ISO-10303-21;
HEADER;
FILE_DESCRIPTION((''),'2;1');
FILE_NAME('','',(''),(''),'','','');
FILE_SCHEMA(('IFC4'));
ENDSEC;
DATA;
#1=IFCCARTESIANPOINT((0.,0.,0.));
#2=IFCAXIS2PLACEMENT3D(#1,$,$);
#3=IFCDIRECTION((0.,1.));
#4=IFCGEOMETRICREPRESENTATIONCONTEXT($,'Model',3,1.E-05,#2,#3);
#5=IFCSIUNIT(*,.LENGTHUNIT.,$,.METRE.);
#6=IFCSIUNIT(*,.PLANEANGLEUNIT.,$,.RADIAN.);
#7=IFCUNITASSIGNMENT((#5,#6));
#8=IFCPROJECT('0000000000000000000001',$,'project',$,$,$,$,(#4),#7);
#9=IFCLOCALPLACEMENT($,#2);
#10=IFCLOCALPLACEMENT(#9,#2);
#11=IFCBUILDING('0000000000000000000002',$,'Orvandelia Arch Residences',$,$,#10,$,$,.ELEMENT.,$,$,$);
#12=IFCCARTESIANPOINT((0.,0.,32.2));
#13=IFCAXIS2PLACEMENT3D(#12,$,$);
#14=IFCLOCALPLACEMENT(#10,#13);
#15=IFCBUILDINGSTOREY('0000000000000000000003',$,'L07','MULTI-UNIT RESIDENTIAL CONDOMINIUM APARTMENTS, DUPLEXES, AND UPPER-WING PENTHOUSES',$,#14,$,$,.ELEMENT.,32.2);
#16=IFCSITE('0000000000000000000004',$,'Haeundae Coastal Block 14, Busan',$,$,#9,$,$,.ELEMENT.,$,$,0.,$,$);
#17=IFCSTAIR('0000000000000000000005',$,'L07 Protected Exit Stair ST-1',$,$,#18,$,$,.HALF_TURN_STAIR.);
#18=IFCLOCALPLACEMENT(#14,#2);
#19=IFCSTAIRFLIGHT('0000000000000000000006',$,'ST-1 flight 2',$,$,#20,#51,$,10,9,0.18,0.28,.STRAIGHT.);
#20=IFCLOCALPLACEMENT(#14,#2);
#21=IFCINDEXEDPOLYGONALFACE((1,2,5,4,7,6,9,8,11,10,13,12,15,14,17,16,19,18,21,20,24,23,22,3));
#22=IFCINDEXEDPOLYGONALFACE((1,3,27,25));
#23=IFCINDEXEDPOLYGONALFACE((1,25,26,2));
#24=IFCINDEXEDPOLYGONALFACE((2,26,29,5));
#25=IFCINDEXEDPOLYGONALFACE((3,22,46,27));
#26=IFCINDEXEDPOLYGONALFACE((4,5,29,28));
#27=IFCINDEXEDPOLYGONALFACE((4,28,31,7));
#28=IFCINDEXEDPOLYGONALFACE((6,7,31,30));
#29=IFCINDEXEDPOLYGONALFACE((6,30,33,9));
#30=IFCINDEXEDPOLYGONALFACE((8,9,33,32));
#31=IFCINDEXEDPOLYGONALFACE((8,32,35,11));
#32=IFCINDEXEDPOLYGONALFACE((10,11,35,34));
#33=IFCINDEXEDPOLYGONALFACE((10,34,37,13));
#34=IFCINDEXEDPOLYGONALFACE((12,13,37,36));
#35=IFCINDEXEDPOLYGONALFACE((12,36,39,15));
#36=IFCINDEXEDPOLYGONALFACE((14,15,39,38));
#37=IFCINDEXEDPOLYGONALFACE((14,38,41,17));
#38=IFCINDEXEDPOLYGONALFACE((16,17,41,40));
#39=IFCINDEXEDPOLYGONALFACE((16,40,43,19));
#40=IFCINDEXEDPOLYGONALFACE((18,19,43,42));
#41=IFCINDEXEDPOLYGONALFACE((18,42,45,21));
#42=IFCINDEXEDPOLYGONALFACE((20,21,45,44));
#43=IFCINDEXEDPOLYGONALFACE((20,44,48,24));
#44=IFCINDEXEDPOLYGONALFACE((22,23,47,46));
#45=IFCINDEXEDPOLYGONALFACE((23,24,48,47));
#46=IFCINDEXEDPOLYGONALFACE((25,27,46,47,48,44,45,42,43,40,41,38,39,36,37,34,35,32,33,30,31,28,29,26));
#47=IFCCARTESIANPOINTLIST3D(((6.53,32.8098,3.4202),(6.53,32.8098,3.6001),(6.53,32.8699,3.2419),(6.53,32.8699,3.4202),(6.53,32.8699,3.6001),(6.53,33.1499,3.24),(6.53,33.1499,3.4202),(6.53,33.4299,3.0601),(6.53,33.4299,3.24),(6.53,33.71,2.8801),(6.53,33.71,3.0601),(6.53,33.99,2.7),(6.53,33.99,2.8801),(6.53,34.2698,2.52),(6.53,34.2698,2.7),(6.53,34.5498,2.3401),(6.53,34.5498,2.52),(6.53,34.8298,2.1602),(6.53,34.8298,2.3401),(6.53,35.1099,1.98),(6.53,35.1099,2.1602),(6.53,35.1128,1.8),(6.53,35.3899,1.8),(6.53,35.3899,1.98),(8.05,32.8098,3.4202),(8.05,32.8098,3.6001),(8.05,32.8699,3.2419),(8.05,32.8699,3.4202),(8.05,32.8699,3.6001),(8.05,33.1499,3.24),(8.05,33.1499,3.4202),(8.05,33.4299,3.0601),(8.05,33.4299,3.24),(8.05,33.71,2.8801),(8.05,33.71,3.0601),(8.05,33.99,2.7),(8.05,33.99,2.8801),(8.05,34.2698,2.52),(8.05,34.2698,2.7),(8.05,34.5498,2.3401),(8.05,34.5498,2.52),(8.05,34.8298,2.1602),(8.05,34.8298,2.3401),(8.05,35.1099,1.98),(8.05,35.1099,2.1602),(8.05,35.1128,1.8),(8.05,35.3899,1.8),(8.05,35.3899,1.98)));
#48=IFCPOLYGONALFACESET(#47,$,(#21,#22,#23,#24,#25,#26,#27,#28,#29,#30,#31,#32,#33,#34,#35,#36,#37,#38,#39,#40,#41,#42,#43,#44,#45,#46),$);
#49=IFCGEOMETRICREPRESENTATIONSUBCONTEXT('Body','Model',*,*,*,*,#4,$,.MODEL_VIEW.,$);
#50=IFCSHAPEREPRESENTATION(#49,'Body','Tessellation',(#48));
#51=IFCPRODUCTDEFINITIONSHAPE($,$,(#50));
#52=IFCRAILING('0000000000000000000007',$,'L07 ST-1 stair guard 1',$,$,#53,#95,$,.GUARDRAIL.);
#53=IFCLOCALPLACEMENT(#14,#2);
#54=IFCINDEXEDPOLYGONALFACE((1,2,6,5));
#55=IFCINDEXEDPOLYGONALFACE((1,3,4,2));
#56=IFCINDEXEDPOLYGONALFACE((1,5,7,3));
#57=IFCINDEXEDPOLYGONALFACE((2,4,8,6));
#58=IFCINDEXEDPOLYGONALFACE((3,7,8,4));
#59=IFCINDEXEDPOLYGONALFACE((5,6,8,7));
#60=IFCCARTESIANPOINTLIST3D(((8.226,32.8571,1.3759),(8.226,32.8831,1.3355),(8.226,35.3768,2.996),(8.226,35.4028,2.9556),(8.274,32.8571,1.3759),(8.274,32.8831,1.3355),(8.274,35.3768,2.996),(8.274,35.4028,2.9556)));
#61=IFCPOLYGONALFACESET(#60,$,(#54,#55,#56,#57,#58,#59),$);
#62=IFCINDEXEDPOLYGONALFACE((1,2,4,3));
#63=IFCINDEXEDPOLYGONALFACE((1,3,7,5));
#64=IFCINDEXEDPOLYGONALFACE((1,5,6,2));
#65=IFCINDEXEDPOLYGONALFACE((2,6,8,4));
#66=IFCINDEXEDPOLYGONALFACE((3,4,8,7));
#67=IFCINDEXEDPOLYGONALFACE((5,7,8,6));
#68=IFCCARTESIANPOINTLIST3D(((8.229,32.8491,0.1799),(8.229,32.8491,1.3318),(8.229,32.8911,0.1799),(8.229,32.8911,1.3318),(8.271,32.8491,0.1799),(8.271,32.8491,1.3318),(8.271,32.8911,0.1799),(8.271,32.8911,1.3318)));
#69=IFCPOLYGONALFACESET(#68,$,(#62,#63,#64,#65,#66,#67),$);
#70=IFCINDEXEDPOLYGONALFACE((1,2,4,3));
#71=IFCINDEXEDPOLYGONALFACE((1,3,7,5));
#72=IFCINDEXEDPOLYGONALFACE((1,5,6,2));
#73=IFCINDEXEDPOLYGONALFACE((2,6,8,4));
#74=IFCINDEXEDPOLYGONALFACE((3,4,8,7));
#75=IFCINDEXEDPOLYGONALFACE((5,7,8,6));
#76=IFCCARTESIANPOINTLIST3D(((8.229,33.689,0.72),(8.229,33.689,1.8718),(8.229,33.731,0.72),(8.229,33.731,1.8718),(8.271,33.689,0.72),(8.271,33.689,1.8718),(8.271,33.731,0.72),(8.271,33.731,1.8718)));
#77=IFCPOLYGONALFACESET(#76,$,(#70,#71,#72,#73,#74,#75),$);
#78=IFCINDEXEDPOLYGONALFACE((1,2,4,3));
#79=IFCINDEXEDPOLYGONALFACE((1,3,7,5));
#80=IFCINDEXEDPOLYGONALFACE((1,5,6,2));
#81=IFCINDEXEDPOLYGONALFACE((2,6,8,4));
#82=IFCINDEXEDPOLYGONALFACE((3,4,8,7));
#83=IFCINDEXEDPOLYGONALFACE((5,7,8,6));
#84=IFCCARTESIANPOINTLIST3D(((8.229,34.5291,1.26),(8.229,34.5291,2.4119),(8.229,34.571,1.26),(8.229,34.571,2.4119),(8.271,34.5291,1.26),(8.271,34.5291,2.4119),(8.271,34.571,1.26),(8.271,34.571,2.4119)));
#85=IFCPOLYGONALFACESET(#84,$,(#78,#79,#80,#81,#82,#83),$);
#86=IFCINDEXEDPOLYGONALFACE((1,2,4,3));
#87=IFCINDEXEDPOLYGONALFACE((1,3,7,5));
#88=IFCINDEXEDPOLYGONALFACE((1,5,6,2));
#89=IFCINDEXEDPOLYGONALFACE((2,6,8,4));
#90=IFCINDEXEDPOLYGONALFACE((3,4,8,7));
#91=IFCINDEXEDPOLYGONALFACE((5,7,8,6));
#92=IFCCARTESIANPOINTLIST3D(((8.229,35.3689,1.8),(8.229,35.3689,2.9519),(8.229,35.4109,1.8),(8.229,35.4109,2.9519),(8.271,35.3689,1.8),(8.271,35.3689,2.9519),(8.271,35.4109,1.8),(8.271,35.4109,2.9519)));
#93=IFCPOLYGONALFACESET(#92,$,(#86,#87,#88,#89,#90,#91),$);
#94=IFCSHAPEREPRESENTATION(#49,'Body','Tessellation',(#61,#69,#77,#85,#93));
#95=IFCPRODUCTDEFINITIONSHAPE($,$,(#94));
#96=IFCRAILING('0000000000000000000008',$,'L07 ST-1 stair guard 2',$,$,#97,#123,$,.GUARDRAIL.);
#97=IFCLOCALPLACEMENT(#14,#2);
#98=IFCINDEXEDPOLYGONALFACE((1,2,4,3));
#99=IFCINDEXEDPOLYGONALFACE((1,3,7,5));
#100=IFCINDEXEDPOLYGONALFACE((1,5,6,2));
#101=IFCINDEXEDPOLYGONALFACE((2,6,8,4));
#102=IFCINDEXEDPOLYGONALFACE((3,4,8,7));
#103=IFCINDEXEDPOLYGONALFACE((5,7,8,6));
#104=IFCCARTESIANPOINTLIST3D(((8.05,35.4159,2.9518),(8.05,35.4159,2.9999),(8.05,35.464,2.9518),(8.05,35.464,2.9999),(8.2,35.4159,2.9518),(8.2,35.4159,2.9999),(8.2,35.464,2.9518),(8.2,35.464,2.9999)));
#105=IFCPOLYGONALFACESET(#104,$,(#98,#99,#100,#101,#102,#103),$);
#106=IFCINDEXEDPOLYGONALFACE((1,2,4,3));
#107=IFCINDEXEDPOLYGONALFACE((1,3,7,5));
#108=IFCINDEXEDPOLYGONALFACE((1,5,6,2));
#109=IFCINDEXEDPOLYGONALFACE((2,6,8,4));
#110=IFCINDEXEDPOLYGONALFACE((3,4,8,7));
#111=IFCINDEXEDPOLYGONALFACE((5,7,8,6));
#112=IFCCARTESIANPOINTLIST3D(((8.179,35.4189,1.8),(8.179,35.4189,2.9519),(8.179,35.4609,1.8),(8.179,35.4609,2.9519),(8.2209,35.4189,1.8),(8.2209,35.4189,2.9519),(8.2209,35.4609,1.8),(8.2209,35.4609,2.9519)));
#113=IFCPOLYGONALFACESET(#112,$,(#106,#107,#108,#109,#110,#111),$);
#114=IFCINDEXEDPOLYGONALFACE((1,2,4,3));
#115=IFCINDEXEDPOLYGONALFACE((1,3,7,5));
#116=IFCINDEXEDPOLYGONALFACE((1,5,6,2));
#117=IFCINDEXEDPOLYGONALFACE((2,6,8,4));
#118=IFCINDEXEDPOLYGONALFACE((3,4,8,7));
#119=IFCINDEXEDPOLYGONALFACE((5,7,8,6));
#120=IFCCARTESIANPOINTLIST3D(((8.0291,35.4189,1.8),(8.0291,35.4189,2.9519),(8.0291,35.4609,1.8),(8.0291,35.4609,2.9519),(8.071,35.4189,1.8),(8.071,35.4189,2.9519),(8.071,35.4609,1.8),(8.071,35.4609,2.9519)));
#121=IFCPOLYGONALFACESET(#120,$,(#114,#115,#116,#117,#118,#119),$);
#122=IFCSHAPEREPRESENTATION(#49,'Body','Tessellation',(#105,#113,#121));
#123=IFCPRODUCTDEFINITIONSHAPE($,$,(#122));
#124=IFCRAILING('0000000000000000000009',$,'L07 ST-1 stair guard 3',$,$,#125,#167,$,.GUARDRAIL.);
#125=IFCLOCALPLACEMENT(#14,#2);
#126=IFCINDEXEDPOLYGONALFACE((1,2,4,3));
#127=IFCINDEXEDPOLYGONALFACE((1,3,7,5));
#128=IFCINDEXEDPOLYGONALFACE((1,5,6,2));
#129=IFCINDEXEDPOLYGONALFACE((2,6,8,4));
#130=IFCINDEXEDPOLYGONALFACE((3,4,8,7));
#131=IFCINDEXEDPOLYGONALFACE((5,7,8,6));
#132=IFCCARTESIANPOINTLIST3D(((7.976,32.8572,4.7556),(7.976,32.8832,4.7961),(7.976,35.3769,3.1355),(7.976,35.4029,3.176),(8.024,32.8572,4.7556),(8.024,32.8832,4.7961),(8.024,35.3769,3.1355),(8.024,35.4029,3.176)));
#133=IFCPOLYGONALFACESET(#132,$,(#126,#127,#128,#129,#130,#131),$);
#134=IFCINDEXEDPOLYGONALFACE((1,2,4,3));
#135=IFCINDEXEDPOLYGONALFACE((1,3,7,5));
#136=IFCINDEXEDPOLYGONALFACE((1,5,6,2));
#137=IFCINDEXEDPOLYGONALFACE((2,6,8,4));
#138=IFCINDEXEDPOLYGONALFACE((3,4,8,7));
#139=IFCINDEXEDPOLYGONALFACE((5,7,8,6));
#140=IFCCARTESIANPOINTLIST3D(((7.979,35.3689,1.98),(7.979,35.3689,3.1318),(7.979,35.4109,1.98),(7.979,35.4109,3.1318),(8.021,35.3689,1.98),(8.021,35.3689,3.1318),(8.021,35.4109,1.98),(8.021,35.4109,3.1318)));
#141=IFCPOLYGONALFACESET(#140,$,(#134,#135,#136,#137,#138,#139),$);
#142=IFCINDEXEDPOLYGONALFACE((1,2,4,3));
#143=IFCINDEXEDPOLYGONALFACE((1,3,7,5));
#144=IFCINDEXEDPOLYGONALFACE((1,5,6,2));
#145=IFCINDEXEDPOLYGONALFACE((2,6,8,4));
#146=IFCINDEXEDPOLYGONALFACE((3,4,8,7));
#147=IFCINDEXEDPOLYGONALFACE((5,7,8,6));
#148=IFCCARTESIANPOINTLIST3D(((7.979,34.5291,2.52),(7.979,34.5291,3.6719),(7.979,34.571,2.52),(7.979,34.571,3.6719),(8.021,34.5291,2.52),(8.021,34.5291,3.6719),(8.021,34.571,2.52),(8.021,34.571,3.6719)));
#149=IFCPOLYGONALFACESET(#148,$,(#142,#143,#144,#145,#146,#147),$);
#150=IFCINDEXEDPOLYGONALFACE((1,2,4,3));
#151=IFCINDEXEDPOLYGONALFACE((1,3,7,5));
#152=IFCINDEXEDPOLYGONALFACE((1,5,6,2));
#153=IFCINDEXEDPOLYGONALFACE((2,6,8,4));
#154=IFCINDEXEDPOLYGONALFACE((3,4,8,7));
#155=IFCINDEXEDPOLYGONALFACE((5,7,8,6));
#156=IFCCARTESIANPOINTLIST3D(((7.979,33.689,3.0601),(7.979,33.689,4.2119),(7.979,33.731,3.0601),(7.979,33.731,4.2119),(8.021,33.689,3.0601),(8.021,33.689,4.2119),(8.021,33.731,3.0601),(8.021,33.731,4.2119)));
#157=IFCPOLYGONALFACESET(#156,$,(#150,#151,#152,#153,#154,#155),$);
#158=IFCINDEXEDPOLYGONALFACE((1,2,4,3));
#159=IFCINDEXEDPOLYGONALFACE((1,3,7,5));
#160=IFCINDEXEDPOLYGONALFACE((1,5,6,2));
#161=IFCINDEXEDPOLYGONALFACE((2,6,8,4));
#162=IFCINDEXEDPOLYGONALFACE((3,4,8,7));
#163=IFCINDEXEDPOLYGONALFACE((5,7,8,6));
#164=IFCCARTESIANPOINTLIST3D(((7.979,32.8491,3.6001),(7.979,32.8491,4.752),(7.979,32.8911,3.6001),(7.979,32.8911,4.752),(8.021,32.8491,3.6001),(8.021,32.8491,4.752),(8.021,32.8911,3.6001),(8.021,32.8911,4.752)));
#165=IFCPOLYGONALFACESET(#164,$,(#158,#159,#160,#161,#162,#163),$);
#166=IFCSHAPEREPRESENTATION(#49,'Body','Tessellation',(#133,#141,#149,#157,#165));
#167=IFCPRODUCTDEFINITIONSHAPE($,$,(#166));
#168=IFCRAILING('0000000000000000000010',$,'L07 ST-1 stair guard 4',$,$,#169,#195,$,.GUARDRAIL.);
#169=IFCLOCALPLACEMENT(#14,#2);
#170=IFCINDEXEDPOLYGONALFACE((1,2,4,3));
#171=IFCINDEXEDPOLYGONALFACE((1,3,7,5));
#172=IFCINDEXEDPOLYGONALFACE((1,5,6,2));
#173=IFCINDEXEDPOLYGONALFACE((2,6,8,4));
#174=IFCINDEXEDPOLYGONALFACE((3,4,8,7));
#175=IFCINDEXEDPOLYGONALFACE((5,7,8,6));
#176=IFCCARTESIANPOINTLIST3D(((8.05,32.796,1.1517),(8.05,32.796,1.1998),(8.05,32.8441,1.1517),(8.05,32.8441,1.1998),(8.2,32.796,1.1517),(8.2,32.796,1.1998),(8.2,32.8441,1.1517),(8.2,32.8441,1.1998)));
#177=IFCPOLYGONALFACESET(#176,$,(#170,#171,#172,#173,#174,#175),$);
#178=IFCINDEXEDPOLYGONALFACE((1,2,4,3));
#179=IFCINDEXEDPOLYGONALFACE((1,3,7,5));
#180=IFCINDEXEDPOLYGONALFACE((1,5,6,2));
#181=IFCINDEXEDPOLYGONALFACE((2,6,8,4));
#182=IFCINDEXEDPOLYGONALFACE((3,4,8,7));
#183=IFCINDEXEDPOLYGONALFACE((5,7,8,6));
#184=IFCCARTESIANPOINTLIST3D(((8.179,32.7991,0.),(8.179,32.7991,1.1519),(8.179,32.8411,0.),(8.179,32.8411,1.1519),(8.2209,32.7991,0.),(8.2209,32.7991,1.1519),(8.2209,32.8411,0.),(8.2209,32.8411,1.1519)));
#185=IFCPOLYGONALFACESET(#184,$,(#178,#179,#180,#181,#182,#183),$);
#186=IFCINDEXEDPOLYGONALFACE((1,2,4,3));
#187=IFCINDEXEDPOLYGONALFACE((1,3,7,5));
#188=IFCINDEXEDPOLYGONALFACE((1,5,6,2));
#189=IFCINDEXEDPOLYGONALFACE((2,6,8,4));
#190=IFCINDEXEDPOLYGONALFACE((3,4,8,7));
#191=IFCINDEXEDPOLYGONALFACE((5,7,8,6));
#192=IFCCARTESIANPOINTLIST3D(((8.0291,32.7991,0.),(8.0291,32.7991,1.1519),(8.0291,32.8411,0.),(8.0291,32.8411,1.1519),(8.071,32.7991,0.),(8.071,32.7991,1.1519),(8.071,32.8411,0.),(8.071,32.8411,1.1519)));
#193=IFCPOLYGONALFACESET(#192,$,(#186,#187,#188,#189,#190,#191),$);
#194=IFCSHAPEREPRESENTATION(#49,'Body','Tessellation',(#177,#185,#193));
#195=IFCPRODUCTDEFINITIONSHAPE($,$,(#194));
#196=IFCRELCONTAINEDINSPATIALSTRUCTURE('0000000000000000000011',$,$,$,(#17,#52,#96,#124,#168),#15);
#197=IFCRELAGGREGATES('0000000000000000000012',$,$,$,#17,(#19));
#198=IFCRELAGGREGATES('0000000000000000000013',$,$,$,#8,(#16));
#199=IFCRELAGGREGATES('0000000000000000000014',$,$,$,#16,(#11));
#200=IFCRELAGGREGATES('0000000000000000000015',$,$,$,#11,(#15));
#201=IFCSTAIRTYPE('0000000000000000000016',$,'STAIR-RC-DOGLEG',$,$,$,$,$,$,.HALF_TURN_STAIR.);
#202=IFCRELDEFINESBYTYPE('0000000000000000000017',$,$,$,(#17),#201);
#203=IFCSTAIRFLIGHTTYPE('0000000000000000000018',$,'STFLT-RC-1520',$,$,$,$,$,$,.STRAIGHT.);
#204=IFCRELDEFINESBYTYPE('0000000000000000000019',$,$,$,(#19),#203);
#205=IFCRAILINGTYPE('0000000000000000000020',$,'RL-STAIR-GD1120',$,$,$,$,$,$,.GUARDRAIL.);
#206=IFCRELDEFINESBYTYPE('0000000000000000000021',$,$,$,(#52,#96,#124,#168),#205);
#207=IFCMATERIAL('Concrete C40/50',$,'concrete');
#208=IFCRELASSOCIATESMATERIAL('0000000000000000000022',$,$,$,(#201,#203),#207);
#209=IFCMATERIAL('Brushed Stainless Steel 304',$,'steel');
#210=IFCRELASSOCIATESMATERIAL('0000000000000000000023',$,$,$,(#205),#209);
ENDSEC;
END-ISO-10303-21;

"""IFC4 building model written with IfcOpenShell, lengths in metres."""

from ifc_helpers import new_model, si_unit, direction, frame, origin, origin_2d, place, context, subcontext, project, spatial, polyline, rectangle, outline, extrude, material, type_object, element, aggregate, save


model = new_model("IFC4")

# Units and contexts
model_context = context("Model", 3, precision=1e-05, world=origin(), true_north=direction((0.0, 1.0)))
body_context = subcontext(model_context, "Body", "Model", "MODEL_VIEW")
ifc_project = project(units=[si_unit("LENGTHUNIT", "METRE"), si_unit("PLANEANGLEUNIT", "RADIAN")], contexts=[model_context])

# Site, building, storey
site_placement = place(None, origin())
site = spatial("IfcSite", under=ifc_project, at=site_placement, Name="Haeundae Coastal Block 14, Busan", CompositionType="ELEMENT", RefElevation=0.0)
building_placement = place(site_placement, origin())
building = spatial("IfcBuilding", under=site, at=building_placement, Name="Orvandelia Arch Residences", CompositionType="ELEMENT")
storey_placement = place(building_placement, frame((0.0, 0.0, 32.2)))
storey = spatial("IfcBuildingStorey", under=building, at=storey_placement, Name="L07", Description="MULTI-UNIT RESIDENTIAL CONDOMINIUM APARTMENTS, DUPLEXES, AND UPPER-WING PENTHOUSES", CompositionType="ELEMENT", Elevation=32.2)

# Stair, stair flight
ifc_material_1 = material(Name="Concrete C40/50", Category="concrete")
stair_type = type_object("IfcStairType", Name="STAIR-RC-DOGLEG", PredefinedType="HALF_TURN_STAIR", material=ifc_material_1)
stair_placement = place(storey_placement, origin())
stair = element("IfcStair", 1, at=stair_placement, inside=storey, type_object=stair_type, Name="L07 Protected Exit Stair ST-1", PredefinedType="HALF_TURN_STAIR")
stair_flight_type = type_object("IfcStairFlightType", Name="STFLT-RC-1520", PredefinedType="STRAIGHT", material=ifc_material_1)
stair_flight_1_placement = place(storey_placement, frame((7.29, 35.3899, 1.8), z_axis=(0.0, 0.0, 1.0), x_axis=(0.0, -1.0, 0.0)))
stair_flight_1 = element("IfcStairFlight", 2, at=stair_flight_1_placement, type_object=stair_flight_type, Name="ST-1 flight 2", NumberOfRisers=10, NumberOfTreads=9, PredefinedType="STRAIGHT", RiserHeight=0.18, TreadLength=0.28, context=body_context, shape_type="SweptSolid", body=[
    extrude(outline(polyline([(0.0, 0.0), (0.0, 0.1799), (0.28, 0.1799), (0.28, 0.3601), (0.5601, 0.3601), (0.5601, 0.54), (0.8401, 0.54), (0.8401, 0.72), (1.1201, 0.72), (1.1201, 0.8999), (1.3999, 0.8999), (1.3999, 1.0801), (1.6799, 1.0801), (1.6799, 1.26), (1.96, 1.26), (1.96, 1.4399), (2.24, 1.4399), (2.24, 1.6201), (2.52, 1.6201), (2.52, 1.8), (2.5801, 1.8), (2.5801, 1.6201), (2.52, 1.4419), (0.2771, 0.0), (0.0, 0.0)])), frame((0.0, 0.76, 0.0), z_axis=(0.0, -1.0, 0.0), x_axis=(1.0, 0.0, 0.0)), (0.0, 0.0, 1.0), 1.52),
])
aggregate(stair, [stair_flight_1])

# Railings
ifc_material_2 = material(Name="Brushed Stainless Steel 304", Category="steel")
railing_type_1 = type_object("IfcRailingType", Name="RL-STAIR-GD1120", PredefinedType="GUARDRAIL", material=ifc_material_2)
railing_1_placement = place(storey_placement, frame((8.25, 32.8701, 0.1799)))
element("IfcRailing", 3, at=railing_1_placement, inside=storey, type_object=railing_type_1, Name="L07 ST-1 stair guard 1", PredefinedType="GUARDRAIL", context=body_context, shape_type="SweptSolid", body=[
    extrude(rectangle(XDim=0.0481, YDim=0.0481, at=origin_2d()), frame((0.0, 0.0, 1.1758), z_axis=(0.0, 0.841139, 0.540819), x_axis=(-1.0, 0.0, 0.0)), (0.0, 0.0, 1.0), 2.9956),
    extrude(rectangle(XDim=0.042, YDim=0.042, at=origin_2d()), origin(), (0.0, 0.0, 1.0), 1.1519),
    extrude(rectangle(XDim=0.042, YDim=0.042, at=origin_2d()), frame((0.0, 0.8398, 0.54)), (0.0, 0.0, 1.0), 1.1519),
    extrude(rectangle(XDim=0.042, YDim=0.042, at=origin_2d()), frame((0.0, 1.6799, 1.0801)), (0.0, 0.0, 1.0), 1.1519),
    extrude(rectangle(XDim=0.042, YDim=0.042, at=origin_2d()), frame((0.0, 2.5198, 1.6201)), (0.0, 0.0, 1.0), 1.1519),
])
railing_2_placement = place(storey_placement, frame((8.2, 35.4399, 1.8)))
element("IfcRailing", 4, at=railing_2_placement, inside=storey, type_object=railing_type_1, Name="L07 ST-1 stair guard 2", PredefinedType="GUARDRAIL", context=body_context, shape_type="SweptSolid", body=[
    extrude(rectangle(XDim=0.0481, YDim=0.0481, at=origin_2d()), frame((0.0, 0.0, 1.1758), z_axis=(-1.0, 0.0, 0.0), x_axis=(0.0, -1.0, 0.0)), (0.0, 0.0, 1.0), 0.1499),
    extrude(rectangle(XDim=0.042, YDim=0.042, at=origin_2d()), origin(), (0.0, 0.0, 1.0), 1.1519),
    extrude(rectangle(XDim=0.042, YDim=0.042, at=origin_2d()), frame((-0.1499, 0.0, 0.0)), (0.0, 0.0, 1.0), 1.1519),
])
railing_3_placement = place(storey_placement, frame((8.0, 35.3899, 1.98)))
element("IfcRailing", 5, at=railing_3_placement, inside=storey, type_object=railing_type_1, Name="L07 ST-1 stair guard 3", PredefinedType="GUARDRAIL", context=body_context, shape_type="SweptSolid", body=[
    extrude(rectangle(XDim=0.0481, YDim=0.0481, at=origin_2d()), frame((0.0, 0.0, 1.1758), z_axis=(0.0, -0.841139, 0.540819), x_axis=(1.0, 0.0, 0.0)), (0.0, 0.0, 1.0), 2.9956),
    extrude(rectangle(XDim=0.042, YDim=0.042, at=origin_2d()), origin(), (0.0, 0.0, 1.0), 1.1519),
    extrude(rectangle(XDim=0.042, YDim=0.042, at=origin_2d()), frame((0.0, -0.8398, 0.54)), (0.0, 0.0, 1.0), 1.1519),
    extrude(rectangle(XDim=0.042, YDim=0.042, at=origin_2d()), frame((0.0, -1.6799, 1.0801)), (0.0, 0.0, 1.0), 1.1519),
    extrude(rectangle(XDim=0.042, YDim=0.042, at=origin_2d()), frame((0.0, -2.5198, 1.6201)), (0.0, 0.0, 1.0), 1.1519),
])
railing_4_placement = place(storey_placement, frame((8.2, 32.8201, 0.0)))
element("IfcRailing", 6, at=railing_4_placement, inside=storey, type_object=railing_type_1, Name="L07 ST-1 stair guard 4", PredefinedType="GUARDRAIL", context=body_context, shape_type="SweptSolid", body=[
    extrude(rectangle(XDim=0.0481, YDim=0.0481, at=origin_2d()), frame((0.0, 0.0, 1.1758), z_axis=(-1.0, 0.0, 0.0), x_axis=(0.0, -1.0, 0.0)), (0.0, 0.0, 1.0), 0.1499),
    extrude(rectangle(XDim=0.042, YDim=0.042, at=origin_2d()), origin(), (0.0, 0.0, 1.0), 1.1519),
    extrude(rectangle(XDim=0.042, YDim=0.042, at=origin_2d()), frame((-0.1499, 0.0, 0.0)), (0.0, 0.0, 1.0), 1.1519),
])

save(model, "model.ifc")
